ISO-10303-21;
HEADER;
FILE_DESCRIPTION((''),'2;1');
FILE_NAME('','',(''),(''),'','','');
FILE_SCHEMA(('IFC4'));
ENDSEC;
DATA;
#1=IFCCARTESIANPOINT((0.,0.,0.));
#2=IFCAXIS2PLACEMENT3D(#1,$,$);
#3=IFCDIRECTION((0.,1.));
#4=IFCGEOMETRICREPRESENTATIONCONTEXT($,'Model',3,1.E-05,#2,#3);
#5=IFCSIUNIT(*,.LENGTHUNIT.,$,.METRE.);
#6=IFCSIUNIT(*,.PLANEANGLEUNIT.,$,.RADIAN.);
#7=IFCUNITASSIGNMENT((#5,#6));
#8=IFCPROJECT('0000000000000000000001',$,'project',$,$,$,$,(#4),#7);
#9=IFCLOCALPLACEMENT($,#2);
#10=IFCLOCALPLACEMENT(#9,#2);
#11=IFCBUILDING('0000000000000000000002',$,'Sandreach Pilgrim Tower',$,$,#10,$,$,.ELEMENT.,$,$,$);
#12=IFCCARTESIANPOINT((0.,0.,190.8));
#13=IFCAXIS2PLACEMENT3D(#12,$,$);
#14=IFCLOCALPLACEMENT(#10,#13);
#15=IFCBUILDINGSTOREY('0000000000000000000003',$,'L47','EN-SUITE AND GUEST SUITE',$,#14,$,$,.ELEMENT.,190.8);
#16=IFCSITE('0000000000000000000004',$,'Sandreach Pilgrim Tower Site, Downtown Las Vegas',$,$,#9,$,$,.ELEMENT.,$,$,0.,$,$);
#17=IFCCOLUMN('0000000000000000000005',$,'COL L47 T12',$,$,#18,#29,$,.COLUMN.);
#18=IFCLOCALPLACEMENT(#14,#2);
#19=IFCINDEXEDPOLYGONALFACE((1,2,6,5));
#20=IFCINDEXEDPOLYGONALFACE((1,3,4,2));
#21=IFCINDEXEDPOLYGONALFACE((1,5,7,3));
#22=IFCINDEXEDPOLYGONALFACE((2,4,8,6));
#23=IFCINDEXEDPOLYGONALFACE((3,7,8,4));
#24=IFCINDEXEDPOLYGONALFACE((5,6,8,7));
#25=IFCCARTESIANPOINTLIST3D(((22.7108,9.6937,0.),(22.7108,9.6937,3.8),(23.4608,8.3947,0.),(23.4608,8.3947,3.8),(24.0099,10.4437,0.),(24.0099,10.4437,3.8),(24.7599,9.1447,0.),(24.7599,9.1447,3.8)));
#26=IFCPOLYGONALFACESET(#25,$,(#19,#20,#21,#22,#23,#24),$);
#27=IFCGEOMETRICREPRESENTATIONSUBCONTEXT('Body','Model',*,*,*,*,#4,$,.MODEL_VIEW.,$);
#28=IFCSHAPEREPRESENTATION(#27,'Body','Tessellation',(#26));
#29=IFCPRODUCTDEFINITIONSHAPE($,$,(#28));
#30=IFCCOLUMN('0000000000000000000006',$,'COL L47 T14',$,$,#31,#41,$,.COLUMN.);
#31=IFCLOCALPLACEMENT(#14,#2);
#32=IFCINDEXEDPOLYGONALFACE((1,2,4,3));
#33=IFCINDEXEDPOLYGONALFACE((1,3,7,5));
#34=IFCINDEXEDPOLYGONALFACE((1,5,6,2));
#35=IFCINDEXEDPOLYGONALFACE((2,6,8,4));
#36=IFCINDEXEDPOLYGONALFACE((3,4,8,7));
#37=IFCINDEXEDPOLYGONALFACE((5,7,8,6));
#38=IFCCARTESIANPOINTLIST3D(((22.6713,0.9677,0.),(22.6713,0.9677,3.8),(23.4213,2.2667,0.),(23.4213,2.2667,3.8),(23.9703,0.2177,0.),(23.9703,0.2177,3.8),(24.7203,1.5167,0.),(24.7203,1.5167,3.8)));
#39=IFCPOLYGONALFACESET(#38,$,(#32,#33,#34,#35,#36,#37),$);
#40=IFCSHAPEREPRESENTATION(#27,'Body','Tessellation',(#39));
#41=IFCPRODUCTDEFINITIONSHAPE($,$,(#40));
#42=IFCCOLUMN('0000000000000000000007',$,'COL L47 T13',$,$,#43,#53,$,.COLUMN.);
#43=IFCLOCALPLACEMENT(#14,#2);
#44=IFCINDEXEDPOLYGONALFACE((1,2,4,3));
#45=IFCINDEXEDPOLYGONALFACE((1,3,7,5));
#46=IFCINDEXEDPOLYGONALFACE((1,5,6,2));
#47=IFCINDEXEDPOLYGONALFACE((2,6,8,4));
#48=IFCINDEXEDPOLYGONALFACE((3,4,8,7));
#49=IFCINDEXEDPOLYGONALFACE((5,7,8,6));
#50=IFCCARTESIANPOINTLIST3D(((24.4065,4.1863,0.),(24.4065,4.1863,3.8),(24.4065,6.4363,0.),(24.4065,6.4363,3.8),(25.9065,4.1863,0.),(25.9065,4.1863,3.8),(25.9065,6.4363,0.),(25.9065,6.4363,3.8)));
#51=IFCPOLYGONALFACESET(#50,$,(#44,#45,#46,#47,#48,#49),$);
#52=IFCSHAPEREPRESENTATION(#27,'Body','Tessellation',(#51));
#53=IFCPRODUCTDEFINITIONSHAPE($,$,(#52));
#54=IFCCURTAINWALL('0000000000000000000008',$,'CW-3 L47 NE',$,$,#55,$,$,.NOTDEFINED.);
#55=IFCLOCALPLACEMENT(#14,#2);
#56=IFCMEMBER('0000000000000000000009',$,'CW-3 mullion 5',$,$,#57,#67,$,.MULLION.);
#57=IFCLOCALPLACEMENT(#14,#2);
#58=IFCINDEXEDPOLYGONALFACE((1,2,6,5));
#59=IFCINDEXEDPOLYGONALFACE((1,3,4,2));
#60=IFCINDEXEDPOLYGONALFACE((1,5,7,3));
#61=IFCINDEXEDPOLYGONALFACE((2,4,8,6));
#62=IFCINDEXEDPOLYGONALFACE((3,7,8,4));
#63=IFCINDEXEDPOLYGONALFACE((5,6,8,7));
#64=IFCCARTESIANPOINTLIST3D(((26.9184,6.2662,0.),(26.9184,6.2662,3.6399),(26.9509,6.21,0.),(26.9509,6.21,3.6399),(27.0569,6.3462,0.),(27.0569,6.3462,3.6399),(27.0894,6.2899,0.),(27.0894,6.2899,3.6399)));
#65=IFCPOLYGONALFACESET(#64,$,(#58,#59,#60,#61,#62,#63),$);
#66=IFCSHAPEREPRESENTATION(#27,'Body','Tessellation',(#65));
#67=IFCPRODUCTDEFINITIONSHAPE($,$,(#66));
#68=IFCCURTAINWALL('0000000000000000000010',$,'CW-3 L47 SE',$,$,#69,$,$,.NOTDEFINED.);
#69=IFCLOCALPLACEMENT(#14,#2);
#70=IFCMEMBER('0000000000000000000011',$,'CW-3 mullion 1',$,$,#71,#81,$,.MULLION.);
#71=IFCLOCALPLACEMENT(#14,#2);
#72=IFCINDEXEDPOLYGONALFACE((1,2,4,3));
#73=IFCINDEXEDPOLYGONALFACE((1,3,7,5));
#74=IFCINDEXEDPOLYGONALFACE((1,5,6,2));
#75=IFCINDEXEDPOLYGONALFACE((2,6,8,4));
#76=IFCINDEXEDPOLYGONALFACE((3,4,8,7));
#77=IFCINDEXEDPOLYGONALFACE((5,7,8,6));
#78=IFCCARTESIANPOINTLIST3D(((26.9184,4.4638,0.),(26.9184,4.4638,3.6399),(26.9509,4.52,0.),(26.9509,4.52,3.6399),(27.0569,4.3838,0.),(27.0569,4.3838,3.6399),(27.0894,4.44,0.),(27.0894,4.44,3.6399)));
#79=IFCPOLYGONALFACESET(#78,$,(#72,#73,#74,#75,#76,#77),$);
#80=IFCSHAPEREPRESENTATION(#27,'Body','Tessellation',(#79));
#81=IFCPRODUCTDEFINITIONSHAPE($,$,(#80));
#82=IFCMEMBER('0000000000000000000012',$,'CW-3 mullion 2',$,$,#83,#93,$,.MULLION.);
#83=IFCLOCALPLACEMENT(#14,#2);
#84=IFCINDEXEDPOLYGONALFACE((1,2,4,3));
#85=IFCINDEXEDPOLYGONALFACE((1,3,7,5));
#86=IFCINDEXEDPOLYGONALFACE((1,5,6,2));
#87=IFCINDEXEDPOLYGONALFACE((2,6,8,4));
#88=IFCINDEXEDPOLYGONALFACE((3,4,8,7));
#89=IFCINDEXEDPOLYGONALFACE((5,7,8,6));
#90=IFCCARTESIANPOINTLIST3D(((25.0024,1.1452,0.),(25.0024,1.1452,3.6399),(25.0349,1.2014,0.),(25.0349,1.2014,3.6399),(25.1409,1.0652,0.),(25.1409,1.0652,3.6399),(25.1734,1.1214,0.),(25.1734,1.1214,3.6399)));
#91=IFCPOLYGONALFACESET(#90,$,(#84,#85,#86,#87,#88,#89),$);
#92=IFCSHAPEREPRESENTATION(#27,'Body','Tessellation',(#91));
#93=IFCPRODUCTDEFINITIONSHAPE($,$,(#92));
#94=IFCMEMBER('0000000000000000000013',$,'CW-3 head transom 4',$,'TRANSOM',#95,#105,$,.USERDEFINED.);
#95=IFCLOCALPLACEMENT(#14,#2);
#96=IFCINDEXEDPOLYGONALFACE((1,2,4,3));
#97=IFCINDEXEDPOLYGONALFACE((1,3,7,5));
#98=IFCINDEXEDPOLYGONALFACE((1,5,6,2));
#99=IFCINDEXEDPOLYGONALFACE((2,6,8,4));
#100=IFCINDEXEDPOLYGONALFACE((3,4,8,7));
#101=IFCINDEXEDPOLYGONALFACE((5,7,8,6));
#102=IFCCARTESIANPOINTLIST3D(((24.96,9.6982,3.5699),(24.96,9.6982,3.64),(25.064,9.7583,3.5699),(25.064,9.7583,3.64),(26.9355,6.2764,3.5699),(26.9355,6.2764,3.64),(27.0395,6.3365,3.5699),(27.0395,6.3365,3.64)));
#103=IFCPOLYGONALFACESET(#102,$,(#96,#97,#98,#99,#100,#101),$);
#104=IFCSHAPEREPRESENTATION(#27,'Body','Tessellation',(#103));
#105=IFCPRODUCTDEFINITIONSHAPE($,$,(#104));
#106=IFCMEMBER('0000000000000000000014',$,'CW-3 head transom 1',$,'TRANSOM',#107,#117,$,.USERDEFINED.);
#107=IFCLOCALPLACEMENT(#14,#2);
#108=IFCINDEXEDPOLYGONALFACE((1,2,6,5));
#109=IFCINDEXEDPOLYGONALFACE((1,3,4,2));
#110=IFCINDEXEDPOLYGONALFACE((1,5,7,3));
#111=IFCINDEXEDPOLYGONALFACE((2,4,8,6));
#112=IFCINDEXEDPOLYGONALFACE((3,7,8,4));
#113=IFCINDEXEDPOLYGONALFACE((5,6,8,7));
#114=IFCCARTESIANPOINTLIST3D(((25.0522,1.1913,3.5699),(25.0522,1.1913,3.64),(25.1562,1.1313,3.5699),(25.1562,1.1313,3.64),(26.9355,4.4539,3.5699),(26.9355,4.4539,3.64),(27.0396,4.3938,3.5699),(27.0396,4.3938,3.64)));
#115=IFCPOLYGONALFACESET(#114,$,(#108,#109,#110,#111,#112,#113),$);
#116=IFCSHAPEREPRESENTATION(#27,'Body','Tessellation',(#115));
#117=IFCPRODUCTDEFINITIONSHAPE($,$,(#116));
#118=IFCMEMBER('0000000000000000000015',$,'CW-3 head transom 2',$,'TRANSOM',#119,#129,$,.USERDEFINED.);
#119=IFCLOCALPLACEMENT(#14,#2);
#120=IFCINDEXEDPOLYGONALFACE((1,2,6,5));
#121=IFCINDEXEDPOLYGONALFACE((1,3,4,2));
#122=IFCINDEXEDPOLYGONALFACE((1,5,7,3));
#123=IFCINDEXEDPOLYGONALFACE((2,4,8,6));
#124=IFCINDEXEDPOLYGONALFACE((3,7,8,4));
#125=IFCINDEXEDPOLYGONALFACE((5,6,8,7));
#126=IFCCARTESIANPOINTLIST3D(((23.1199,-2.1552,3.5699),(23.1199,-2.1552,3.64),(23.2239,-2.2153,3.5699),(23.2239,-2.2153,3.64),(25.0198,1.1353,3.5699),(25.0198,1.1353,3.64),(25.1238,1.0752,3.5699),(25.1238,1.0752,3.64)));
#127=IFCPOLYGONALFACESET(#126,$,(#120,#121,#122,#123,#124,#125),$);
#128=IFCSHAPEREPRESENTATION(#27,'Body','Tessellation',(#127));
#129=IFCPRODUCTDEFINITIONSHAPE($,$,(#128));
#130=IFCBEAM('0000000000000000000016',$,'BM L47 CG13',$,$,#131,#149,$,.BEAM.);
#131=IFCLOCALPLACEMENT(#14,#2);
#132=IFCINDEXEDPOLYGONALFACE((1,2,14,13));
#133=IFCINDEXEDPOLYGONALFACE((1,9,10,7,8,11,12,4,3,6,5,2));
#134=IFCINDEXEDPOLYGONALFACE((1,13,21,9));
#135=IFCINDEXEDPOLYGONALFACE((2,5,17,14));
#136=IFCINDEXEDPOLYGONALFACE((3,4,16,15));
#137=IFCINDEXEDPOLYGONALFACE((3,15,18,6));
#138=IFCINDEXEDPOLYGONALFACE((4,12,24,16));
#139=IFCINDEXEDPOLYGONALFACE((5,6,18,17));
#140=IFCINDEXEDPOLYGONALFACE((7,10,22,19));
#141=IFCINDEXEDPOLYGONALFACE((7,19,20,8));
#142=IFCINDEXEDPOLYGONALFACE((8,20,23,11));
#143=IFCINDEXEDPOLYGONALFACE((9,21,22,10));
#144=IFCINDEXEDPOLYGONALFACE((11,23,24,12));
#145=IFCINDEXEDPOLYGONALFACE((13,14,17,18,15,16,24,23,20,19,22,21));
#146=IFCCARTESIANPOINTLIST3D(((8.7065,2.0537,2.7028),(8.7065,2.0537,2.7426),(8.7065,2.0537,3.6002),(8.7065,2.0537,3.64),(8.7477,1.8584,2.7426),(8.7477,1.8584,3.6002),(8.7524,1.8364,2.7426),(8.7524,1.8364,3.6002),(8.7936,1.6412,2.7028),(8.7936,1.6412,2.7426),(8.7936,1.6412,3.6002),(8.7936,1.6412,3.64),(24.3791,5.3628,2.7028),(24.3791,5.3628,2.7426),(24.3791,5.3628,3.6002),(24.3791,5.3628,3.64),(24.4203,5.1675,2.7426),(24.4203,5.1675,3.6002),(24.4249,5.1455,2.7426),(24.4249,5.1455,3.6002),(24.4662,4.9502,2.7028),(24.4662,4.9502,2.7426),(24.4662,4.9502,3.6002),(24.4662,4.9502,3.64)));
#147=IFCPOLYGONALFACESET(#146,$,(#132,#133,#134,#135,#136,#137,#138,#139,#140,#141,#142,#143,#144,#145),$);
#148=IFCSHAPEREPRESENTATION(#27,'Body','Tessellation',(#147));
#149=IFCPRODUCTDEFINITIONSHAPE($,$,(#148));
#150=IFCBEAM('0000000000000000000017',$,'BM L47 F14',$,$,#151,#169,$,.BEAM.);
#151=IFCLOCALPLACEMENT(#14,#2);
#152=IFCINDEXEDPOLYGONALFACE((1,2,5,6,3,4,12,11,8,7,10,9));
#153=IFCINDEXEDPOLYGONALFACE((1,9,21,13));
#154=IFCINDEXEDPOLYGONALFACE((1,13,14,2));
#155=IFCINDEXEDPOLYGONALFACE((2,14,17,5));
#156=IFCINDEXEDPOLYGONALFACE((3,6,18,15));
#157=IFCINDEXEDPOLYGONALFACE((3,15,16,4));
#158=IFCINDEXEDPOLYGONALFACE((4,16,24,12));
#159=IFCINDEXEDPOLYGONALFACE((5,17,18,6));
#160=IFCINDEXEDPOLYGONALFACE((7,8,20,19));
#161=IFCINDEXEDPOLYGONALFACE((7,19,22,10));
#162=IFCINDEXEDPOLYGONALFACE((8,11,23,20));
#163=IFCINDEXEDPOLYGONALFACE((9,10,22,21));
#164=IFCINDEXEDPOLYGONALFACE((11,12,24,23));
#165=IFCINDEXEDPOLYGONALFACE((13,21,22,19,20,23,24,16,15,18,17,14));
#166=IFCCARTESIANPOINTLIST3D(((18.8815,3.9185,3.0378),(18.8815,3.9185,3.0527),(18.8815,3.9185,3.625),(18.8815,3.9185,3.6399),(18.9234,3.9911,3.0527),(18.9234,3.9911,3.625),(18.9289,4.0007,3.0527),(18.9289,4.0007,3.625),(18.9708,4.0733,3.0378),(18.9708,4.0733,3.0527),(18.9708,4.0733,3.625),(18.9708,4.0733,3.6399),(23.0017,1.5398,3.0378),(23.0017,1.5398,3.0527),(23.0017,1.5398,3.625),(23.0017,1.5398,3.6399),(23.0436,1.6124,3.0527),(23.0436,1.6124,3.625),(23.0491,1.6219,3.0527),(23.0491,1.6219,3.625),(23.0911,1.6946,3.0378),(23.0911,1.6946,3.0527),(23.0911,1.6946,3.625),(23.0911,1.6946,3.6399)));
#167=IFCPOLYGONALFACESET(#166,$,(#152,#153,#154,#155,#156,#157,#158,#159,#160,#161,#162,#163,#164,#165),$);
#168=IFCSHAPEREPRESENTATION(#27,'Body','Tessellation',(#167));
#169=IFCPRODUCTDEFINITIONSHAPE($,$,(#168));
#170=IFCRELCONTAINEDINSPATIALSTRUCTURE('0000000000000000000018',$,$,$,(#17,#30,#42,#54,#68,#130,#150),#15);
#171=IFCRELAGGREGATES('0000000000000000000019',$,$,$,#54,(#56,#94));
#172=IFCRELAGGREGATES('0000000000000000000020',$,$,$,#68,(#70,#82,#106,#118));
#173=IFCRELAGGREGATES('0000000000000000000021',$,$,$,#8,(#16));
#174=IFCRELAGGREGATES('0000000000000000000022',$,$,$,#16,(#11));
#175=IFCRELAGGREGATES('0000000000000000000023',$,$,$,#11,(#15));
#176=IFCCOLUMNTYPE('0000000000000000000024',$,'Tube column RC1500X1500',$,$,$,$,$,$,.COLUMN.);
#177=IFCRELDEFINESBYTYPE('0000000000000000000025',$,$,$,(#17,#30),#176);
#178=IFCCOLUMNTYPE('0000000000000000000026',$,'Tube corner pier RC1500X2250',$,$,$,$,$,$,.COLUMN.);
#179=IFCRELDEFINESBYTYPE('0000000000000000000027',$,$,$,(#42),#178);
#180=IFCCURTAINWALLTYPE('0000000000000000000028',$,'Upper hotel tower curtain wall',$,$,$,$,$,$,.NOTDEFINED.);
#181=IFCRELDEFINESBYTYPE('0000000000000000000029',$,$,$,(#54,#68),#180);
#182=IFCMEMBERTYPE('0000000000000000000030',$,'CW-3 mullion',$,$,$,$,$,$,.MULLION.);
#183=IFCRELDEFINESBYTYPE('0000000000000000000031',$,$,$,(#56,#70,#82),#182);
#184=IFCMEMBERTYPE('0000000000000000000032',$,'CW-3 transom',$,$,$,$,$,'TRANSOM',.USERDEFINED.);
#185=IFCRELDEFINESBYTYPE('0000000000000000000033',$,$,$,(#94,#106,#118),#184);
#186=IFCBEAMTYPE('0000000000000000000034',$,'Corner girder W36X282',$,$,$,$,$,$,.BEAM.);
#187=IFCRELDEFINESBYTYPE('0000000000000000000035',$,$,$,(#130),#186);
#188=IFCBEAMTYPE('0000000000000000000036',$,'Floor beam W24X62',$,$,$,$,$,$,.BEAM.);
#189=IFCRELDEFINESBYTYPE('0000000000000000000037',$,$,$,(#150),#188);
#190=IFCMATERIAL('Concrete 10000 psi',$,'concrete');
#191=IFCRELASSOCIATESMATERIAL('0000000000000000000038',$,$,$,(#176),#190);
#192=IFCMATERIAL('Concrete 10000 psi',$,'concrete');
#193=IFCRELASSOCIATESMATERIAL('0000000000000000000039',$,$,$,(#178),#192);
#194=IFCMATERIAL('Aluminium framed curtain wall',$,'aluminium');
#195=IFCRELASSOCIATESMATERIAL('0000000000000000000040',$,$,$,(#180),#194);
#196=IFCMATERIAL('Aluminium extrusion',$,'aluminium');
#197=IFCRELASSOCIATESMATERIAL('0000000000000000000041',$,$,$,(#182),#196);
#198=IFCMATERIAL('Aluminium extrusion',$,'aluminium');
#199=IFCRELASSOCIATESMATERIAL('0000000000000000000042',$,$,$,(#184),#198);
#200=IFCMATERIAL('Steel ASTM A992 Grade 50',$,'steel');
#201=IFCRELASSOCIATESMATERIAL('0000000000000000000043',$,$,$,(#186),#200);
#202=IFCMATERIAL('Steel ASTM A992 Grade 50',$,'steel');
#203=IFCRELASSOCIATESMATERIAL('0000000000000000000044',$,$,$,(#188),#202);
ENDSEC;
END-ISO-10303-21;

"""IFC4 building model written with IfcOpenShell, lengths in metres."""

from ifc_helpers import new_model, si_unit, direction, frame, origin, origin_2d, place, context, subcontext, project, spatial, rectangle, i_section, extrude, material, material_profile, profile_set, type_object, element, aggregate, save


model = new_model("IFC4")

# Units and contexts
model_context = context("Model", 3, precision=1e-05, world=origin(), true_north=direction((0.0, 1.0)))
body_context = subcontext(model_context, "Body", "Model", "MODEL_VIEW")
ifc_project = project(units=[si_unit("LENGTHUNIT", "METRE"), si_unit("PLANEANGLEUNIT", "RADIAN")], contexts=[model_context])

# Site, building, storey
site_placement = place(None, origin())
site = spatial("IfcSite", under=ifc_project, at=site_placement, Name="Sandreach Pilgrim Tower Site, Downtown Las Vegas", CompositionType="ELEMENT", RefElevation=0.0)
building_placement = place(site_placement, origin())
building = spatial("IfcBuilding", under=site, at=building_placement, Name="Sandreach Pilgrim Tower", CompositionType="ELEMENT")
storey_placement = place(building_placement, frame((0.0, 0.0, 190.8)))
storey = spatial("IfcBuildingStorey", under=building, at=storey_placement, Name="L47", Description="EN-SUITE AND GUEST SUITE", CompositionType="ELEMENT", Elevation=190.8)

# Columns
ifc_material_1 = material(Name="Concrete 10000 psi", Category="concrete")
ifc_material_profile_1 = material_profile(ifc_material_1, rectangle(XDim=1.5, YDim=1.5, at=origin_2d()), Name="RC1500X1500")
ifc_profile_set_1 = profile_set([ifc_material_profile_1], Name="Concrete 10000 psi")
column_type_1 = type_object("IfcColumnType", Name="Tube column RC1500X1500", PredefinedType="COLUMN", material=ifc_profile_set_1)
for number, where, z_axis, x_axis, name in (
    (1, (23.7354, 9.4192, 0.0), (0.0, 0.0, 1.0), (0.866025, 0.5, 0.0), "COL L47 T12"),
    (2, (23.6958, 1.2422, 0.0), (0.0, 0.0, 1.0), (0.866025, -0.5, 0.0), "COL L47 T14"),
):
    element("IfcColumn", number, at=place(storey_placement, frame(where, z_axis=z_axis, x_axis=x_axis)), inside=storey, type_object=column_type_1, Name=name, PredefinedType="COLUMN", context=body_context, shape_type="SweptSolid", body=[
        extrude(rectangle(XDim=1.5, YDim=1.5, at=origin_2d()), origin(), (0.0, 0.0, 1.0), 3.8),
    ])
ifc_material_2 = material(Name="Concrete 10000 psi", Category="concrete")
ifc_material_profile_2 = material_profile(ifc_material_2, rectangle(XDim=1.5, YDim=2.25, at=origin_2d()), Name="RC1500X2250")
ifc_profile_set_2 = profile_set([ifc_material_profile_2], Name="Concrete 10000 psi")
column_type_2 = type_object("IfcColumnType", Name="Tube corner pier RC1500X2250", PredefinedType="COLUMN", material=ifc_profile_set_2)
column_placement = place(storey_placement, frame((25.1565, 5.3113, 0.0), z_axis=(0.0, 0.0, 1.0), x_axis=(1.0, 0.0, 0.0)))
element("IfcColumn", 3, at=column_placement, inside=storey, type_object=column_type_2, Name="COL L47 T13", PredefinedType="COLUMN", context=body_context, shape_type="SweptSolid", body=[
    extrude(rectangle(XDim=1.5, YDim=2.25, at=origin_2d()), origin(), (0.0, 0.0, 1.0), 3.8),
])

# Curtain wall, member
ifc_material_3 = material(Name="Aluminium framed curtain wall", Category="aluminium")
curtain_wall_type = type_object("IfcCurtainWallType", Name="Upper hotel tower curtain wall", PredefinedType="NOTDEFINED", material=ifc_material_3)
curtain_wall_1_placement = place(storey_placement, origin())
curtain_wall_1 = element("IfcCurtainWall", 4, at=curtain_wall_1_placement, inside=storey, type_object=curtain_wall_type, Name="CW-3 L47 NE", PredefinedType="NOTDEFINED")
ifc_material_4 = material(Name="Aluminium extrusion", Category="aluminium")
ifc_material_profile_3 = material_profile(ifc_material_4, rectangle(XDim=0.0649, YDim=0.1599, at=origin_2d()), Name="CW-3M 65X160")
ifc_profile_set_3 = profile_set([ifc_material_profile_3], Name="Aluminium extrusion")
member_type_1 = type_object("IfcMemberType", Name="CW-3 mullion", PredefinedType="MULLION", material=ifc_profile_set_3)
member_1_placement = place(storey_placement, frame((27.0039, 6.2781, 0.0), z_axis=(0.0, 0.0, 1.0), x_axis=(0.5, -0.866025, 0.0)))
member_1 = element("IfcMember", 5, at=member_1_placement, type_object=member_type_1, Name="CW-3 mullion 5", PredefinedType="MULLION", context=body_context, shape_type="SweptSolid", body=[
    extrude(rectangle(XDim=0.0649, YDim=0.1599, at=origin_2d()), origin(), (0.0, 0.0, 1.0), 3.6399),
])

# Curtain wall, members
curtain_wall_2_placement = place(storey_placement, origin())
curtain_wall_2 = element("IfcCurtainWall", 6, at=curtain_wall_2_placement, inside=storey, type_object=curtain_wall_type, Name="CW-3 L47 SE", PredefinedType="NOTDEFINED")
member_2_placement = place(storey_placement, frame((27.0039, 4.4519, 0.0), z_axis=(0.0, 0.0, 1.0), x_axis=(-0.5, -0.866025, 0.0)))
member_2 = element("IfcMember", 7, at=member_2_placement, type_object=member_type_1, Name="CW-3 mullion 1", PredefinedType="MULLION", context=body_context, shape_type="SweptSolid", body=[
    extrude(rectangle(XDim=0.0649, YDim=0.1599, at=origin_2d()), origin(), (0.0, 0.0, 1.0), 3.6399),
])
member_3_placement = place(storey_placement, frame((25.0879, 1.1333, 0.0), z_axis=(0.0, 0.0, 1.0), x_axis=(-0.5, -0.866025, 0.0)))
member_3 = element("IfcMember", 8, at=member_3_placement, type_object=member_type_1, Name="CW-3 mullion 2", PredefinedType="MULLION", context=body_context, shape_type="SweptSolid", body=[
    extrude(rectangle(XDim=0.0649, YDim=0.1599, at=origin_2d()), origin(), (0.0, 0.0, 1.0), 3.6399),
])

# Members
ifc_material_5 = material(Name="Aluminium extrusion", Category="aluminium")
ifc_material_profile_4 = material_profile(ifc_material_5, rectangle(XDim=0.1201, YDim=0.0701, at=origin_2d()), Name="CW-3T 120X70")
ifc_profile_set_4 = profile_set([ifc_material_profile_4], Name="Aluminium extrusion")
member_type_2 = type_object("IfcMemberType", Name="CW-3 transom", ElementType="TRANSOM", PredefinedType="USERDEFINED", material=ifc_profile_set_4)
member_4_placement = place(storey_placement, frame((25.012, 9.7283, 3.605), z_axis=(0.499993, -0.866029, 0.0), x_axis=(0.866029, 0.499993, 0.0)))
member_4 = element("IfcMember", 9, at=member_4_placement, type_object=member_type_2, Name="CW-3 head transom 4", ObjectType="TRANSOM", PredefinedType="USERDEFINED", context=body_context, shape_type="SweptSolid", body=[
    extrude(rectangle(XDim=0.1201, YDim=0.0701, at=origin_2d()), origin(), (0.0, 0.0, 1.0), 3.9512),
])
member_5_placement = place(storey_placement, frame((26.9875, 4.4238, 3.605), z_axis=(-0.499945, -0.866057, 0.0), x_axis=(0.866057, -0.499945, 0.0)))
member_5 = element("IfcMember", 10, at=member_5_placement, type_object=member_type_2, Name="CW-3 head transom 1", ObjectType="TRANSOM", PredefinedType="USERDEFINED", context=body_context, shape_type="SweptSolid", body=[
    extrude(rectangle(XDim=0.1201, YDim=0.0701, at=origin_2d()), origin(), (0.0, 0.0, 1.0), 3.7671),
])
member_6_placement = place(storey_placement, frame((25.0718, 1.1052, 3.605), z_axis=(-0.500023, -0.866012, 0.0), x_axis=(0.866012, -0.500023, 0.0)))
member_6 = element("IfcMember", 11, at=member_6_placement, type_object=member_type_2, Name="CW-3 head transom 2", ObjectType="TRANSOM", PredefinedType="USERDEFINED", context=body_context, shape_type="SweptSolid", body=[
    extrude(rectangle(XDim=0.1201, YDim=0.0701, at=origin_2d()), origin(), (0.0, 0.0, 1.0), 3.7996),
])

# Beams
ifc_material_6 = material(Name="Steel ASTM A992 Grade 50", Category="steel")
ifc_material_profile_5 = material_profile(ifc_material_6, i_section(OverallWidth=0.4216, OverallDepth=0.9373, WebThickness=0.0225, FlangeThickness=0.0398, at=origin_2d()), Name="W36X282")
ifc_profile_set_5 = profile_set([ifc_material_profile_5], Name="Steel ASTM A992 Grade 50")
beam_type_1 = type_object("IfcBeamType", Name="Corner girder W36X282", PredefinedType="BEAM", material=ifc_profile_set_5)
beam_1_placement = place(storey_placement, frame((24.4226, 5.1565, 3.1714), z_axis=(-0.978429, -0.206583, 0.0), x_axis=(0.206583, -0.978429, 0.0)))
element("IfcBeam", 12, at=beam_1_placement, inside=storey, type_object=beam_type_1, Name="BM L47 CG13", PredefinedType="BEAM", context=body_context, shape_type="SweptSolid", body=[
    extrude(i_section(OverallWidth=0.4216, OverallDepth=0.9373, WebThickness=0.0225, FlangeThickness=0.0398, at=origin_2d()), origin(), (0.0, 0.0, 1.0), 16.0181),
])
ifc_material_7 = material(Name="Steel ASTM A992 Grade 50", Category="steel")
ifc_material_profile_6 = material_profile(ifc_material_7, i_section(OverallWidth=0.1787, OverallDepth=0.6021, WebThickness=0.011, FlangeThickness=0.0149, at=origin_2d()), Name="W24X62")
ifc_profile_set_6 = profile_set([ifc_material_profile_6], Name="Steel ASTM A992 Grade 50")
beam_type_2 = type_object("IfcBeamType", Name="Floor beam W24X62", PredefinedType="BEAM", material=ifc_profile_set_6)
beam_2_placement = place(storey_placement, frame((23.0464, 1.6172, 3.3389), z_axis=(-0.866033, 0.499986, 0.0), x_axis=(-0.499986, -0.866033, 0.0)))
element("IfcBeam", 13, at=beam_2_placement, inside=storey, type_object=beam_type_2, Name="BM L47 F14", PredefinedType="BEAM", context=body_context, shape_type="SweptSolid", body=[
    extrude(i_section(OverallWidth=0.1787, OverallDepth=0.6021, WebThickness=0.011, FlangeThickness=0.0149, at=origin_2d()), origin(), (0.0, 0.0, 1.0), 4.7576),
])

aggregate(curtain_wall_1, [member_1, member_4])
aggregate(curtain_wall_2, [member_2, member_3, member_5, member_6])

save(model, "model.ifc")
